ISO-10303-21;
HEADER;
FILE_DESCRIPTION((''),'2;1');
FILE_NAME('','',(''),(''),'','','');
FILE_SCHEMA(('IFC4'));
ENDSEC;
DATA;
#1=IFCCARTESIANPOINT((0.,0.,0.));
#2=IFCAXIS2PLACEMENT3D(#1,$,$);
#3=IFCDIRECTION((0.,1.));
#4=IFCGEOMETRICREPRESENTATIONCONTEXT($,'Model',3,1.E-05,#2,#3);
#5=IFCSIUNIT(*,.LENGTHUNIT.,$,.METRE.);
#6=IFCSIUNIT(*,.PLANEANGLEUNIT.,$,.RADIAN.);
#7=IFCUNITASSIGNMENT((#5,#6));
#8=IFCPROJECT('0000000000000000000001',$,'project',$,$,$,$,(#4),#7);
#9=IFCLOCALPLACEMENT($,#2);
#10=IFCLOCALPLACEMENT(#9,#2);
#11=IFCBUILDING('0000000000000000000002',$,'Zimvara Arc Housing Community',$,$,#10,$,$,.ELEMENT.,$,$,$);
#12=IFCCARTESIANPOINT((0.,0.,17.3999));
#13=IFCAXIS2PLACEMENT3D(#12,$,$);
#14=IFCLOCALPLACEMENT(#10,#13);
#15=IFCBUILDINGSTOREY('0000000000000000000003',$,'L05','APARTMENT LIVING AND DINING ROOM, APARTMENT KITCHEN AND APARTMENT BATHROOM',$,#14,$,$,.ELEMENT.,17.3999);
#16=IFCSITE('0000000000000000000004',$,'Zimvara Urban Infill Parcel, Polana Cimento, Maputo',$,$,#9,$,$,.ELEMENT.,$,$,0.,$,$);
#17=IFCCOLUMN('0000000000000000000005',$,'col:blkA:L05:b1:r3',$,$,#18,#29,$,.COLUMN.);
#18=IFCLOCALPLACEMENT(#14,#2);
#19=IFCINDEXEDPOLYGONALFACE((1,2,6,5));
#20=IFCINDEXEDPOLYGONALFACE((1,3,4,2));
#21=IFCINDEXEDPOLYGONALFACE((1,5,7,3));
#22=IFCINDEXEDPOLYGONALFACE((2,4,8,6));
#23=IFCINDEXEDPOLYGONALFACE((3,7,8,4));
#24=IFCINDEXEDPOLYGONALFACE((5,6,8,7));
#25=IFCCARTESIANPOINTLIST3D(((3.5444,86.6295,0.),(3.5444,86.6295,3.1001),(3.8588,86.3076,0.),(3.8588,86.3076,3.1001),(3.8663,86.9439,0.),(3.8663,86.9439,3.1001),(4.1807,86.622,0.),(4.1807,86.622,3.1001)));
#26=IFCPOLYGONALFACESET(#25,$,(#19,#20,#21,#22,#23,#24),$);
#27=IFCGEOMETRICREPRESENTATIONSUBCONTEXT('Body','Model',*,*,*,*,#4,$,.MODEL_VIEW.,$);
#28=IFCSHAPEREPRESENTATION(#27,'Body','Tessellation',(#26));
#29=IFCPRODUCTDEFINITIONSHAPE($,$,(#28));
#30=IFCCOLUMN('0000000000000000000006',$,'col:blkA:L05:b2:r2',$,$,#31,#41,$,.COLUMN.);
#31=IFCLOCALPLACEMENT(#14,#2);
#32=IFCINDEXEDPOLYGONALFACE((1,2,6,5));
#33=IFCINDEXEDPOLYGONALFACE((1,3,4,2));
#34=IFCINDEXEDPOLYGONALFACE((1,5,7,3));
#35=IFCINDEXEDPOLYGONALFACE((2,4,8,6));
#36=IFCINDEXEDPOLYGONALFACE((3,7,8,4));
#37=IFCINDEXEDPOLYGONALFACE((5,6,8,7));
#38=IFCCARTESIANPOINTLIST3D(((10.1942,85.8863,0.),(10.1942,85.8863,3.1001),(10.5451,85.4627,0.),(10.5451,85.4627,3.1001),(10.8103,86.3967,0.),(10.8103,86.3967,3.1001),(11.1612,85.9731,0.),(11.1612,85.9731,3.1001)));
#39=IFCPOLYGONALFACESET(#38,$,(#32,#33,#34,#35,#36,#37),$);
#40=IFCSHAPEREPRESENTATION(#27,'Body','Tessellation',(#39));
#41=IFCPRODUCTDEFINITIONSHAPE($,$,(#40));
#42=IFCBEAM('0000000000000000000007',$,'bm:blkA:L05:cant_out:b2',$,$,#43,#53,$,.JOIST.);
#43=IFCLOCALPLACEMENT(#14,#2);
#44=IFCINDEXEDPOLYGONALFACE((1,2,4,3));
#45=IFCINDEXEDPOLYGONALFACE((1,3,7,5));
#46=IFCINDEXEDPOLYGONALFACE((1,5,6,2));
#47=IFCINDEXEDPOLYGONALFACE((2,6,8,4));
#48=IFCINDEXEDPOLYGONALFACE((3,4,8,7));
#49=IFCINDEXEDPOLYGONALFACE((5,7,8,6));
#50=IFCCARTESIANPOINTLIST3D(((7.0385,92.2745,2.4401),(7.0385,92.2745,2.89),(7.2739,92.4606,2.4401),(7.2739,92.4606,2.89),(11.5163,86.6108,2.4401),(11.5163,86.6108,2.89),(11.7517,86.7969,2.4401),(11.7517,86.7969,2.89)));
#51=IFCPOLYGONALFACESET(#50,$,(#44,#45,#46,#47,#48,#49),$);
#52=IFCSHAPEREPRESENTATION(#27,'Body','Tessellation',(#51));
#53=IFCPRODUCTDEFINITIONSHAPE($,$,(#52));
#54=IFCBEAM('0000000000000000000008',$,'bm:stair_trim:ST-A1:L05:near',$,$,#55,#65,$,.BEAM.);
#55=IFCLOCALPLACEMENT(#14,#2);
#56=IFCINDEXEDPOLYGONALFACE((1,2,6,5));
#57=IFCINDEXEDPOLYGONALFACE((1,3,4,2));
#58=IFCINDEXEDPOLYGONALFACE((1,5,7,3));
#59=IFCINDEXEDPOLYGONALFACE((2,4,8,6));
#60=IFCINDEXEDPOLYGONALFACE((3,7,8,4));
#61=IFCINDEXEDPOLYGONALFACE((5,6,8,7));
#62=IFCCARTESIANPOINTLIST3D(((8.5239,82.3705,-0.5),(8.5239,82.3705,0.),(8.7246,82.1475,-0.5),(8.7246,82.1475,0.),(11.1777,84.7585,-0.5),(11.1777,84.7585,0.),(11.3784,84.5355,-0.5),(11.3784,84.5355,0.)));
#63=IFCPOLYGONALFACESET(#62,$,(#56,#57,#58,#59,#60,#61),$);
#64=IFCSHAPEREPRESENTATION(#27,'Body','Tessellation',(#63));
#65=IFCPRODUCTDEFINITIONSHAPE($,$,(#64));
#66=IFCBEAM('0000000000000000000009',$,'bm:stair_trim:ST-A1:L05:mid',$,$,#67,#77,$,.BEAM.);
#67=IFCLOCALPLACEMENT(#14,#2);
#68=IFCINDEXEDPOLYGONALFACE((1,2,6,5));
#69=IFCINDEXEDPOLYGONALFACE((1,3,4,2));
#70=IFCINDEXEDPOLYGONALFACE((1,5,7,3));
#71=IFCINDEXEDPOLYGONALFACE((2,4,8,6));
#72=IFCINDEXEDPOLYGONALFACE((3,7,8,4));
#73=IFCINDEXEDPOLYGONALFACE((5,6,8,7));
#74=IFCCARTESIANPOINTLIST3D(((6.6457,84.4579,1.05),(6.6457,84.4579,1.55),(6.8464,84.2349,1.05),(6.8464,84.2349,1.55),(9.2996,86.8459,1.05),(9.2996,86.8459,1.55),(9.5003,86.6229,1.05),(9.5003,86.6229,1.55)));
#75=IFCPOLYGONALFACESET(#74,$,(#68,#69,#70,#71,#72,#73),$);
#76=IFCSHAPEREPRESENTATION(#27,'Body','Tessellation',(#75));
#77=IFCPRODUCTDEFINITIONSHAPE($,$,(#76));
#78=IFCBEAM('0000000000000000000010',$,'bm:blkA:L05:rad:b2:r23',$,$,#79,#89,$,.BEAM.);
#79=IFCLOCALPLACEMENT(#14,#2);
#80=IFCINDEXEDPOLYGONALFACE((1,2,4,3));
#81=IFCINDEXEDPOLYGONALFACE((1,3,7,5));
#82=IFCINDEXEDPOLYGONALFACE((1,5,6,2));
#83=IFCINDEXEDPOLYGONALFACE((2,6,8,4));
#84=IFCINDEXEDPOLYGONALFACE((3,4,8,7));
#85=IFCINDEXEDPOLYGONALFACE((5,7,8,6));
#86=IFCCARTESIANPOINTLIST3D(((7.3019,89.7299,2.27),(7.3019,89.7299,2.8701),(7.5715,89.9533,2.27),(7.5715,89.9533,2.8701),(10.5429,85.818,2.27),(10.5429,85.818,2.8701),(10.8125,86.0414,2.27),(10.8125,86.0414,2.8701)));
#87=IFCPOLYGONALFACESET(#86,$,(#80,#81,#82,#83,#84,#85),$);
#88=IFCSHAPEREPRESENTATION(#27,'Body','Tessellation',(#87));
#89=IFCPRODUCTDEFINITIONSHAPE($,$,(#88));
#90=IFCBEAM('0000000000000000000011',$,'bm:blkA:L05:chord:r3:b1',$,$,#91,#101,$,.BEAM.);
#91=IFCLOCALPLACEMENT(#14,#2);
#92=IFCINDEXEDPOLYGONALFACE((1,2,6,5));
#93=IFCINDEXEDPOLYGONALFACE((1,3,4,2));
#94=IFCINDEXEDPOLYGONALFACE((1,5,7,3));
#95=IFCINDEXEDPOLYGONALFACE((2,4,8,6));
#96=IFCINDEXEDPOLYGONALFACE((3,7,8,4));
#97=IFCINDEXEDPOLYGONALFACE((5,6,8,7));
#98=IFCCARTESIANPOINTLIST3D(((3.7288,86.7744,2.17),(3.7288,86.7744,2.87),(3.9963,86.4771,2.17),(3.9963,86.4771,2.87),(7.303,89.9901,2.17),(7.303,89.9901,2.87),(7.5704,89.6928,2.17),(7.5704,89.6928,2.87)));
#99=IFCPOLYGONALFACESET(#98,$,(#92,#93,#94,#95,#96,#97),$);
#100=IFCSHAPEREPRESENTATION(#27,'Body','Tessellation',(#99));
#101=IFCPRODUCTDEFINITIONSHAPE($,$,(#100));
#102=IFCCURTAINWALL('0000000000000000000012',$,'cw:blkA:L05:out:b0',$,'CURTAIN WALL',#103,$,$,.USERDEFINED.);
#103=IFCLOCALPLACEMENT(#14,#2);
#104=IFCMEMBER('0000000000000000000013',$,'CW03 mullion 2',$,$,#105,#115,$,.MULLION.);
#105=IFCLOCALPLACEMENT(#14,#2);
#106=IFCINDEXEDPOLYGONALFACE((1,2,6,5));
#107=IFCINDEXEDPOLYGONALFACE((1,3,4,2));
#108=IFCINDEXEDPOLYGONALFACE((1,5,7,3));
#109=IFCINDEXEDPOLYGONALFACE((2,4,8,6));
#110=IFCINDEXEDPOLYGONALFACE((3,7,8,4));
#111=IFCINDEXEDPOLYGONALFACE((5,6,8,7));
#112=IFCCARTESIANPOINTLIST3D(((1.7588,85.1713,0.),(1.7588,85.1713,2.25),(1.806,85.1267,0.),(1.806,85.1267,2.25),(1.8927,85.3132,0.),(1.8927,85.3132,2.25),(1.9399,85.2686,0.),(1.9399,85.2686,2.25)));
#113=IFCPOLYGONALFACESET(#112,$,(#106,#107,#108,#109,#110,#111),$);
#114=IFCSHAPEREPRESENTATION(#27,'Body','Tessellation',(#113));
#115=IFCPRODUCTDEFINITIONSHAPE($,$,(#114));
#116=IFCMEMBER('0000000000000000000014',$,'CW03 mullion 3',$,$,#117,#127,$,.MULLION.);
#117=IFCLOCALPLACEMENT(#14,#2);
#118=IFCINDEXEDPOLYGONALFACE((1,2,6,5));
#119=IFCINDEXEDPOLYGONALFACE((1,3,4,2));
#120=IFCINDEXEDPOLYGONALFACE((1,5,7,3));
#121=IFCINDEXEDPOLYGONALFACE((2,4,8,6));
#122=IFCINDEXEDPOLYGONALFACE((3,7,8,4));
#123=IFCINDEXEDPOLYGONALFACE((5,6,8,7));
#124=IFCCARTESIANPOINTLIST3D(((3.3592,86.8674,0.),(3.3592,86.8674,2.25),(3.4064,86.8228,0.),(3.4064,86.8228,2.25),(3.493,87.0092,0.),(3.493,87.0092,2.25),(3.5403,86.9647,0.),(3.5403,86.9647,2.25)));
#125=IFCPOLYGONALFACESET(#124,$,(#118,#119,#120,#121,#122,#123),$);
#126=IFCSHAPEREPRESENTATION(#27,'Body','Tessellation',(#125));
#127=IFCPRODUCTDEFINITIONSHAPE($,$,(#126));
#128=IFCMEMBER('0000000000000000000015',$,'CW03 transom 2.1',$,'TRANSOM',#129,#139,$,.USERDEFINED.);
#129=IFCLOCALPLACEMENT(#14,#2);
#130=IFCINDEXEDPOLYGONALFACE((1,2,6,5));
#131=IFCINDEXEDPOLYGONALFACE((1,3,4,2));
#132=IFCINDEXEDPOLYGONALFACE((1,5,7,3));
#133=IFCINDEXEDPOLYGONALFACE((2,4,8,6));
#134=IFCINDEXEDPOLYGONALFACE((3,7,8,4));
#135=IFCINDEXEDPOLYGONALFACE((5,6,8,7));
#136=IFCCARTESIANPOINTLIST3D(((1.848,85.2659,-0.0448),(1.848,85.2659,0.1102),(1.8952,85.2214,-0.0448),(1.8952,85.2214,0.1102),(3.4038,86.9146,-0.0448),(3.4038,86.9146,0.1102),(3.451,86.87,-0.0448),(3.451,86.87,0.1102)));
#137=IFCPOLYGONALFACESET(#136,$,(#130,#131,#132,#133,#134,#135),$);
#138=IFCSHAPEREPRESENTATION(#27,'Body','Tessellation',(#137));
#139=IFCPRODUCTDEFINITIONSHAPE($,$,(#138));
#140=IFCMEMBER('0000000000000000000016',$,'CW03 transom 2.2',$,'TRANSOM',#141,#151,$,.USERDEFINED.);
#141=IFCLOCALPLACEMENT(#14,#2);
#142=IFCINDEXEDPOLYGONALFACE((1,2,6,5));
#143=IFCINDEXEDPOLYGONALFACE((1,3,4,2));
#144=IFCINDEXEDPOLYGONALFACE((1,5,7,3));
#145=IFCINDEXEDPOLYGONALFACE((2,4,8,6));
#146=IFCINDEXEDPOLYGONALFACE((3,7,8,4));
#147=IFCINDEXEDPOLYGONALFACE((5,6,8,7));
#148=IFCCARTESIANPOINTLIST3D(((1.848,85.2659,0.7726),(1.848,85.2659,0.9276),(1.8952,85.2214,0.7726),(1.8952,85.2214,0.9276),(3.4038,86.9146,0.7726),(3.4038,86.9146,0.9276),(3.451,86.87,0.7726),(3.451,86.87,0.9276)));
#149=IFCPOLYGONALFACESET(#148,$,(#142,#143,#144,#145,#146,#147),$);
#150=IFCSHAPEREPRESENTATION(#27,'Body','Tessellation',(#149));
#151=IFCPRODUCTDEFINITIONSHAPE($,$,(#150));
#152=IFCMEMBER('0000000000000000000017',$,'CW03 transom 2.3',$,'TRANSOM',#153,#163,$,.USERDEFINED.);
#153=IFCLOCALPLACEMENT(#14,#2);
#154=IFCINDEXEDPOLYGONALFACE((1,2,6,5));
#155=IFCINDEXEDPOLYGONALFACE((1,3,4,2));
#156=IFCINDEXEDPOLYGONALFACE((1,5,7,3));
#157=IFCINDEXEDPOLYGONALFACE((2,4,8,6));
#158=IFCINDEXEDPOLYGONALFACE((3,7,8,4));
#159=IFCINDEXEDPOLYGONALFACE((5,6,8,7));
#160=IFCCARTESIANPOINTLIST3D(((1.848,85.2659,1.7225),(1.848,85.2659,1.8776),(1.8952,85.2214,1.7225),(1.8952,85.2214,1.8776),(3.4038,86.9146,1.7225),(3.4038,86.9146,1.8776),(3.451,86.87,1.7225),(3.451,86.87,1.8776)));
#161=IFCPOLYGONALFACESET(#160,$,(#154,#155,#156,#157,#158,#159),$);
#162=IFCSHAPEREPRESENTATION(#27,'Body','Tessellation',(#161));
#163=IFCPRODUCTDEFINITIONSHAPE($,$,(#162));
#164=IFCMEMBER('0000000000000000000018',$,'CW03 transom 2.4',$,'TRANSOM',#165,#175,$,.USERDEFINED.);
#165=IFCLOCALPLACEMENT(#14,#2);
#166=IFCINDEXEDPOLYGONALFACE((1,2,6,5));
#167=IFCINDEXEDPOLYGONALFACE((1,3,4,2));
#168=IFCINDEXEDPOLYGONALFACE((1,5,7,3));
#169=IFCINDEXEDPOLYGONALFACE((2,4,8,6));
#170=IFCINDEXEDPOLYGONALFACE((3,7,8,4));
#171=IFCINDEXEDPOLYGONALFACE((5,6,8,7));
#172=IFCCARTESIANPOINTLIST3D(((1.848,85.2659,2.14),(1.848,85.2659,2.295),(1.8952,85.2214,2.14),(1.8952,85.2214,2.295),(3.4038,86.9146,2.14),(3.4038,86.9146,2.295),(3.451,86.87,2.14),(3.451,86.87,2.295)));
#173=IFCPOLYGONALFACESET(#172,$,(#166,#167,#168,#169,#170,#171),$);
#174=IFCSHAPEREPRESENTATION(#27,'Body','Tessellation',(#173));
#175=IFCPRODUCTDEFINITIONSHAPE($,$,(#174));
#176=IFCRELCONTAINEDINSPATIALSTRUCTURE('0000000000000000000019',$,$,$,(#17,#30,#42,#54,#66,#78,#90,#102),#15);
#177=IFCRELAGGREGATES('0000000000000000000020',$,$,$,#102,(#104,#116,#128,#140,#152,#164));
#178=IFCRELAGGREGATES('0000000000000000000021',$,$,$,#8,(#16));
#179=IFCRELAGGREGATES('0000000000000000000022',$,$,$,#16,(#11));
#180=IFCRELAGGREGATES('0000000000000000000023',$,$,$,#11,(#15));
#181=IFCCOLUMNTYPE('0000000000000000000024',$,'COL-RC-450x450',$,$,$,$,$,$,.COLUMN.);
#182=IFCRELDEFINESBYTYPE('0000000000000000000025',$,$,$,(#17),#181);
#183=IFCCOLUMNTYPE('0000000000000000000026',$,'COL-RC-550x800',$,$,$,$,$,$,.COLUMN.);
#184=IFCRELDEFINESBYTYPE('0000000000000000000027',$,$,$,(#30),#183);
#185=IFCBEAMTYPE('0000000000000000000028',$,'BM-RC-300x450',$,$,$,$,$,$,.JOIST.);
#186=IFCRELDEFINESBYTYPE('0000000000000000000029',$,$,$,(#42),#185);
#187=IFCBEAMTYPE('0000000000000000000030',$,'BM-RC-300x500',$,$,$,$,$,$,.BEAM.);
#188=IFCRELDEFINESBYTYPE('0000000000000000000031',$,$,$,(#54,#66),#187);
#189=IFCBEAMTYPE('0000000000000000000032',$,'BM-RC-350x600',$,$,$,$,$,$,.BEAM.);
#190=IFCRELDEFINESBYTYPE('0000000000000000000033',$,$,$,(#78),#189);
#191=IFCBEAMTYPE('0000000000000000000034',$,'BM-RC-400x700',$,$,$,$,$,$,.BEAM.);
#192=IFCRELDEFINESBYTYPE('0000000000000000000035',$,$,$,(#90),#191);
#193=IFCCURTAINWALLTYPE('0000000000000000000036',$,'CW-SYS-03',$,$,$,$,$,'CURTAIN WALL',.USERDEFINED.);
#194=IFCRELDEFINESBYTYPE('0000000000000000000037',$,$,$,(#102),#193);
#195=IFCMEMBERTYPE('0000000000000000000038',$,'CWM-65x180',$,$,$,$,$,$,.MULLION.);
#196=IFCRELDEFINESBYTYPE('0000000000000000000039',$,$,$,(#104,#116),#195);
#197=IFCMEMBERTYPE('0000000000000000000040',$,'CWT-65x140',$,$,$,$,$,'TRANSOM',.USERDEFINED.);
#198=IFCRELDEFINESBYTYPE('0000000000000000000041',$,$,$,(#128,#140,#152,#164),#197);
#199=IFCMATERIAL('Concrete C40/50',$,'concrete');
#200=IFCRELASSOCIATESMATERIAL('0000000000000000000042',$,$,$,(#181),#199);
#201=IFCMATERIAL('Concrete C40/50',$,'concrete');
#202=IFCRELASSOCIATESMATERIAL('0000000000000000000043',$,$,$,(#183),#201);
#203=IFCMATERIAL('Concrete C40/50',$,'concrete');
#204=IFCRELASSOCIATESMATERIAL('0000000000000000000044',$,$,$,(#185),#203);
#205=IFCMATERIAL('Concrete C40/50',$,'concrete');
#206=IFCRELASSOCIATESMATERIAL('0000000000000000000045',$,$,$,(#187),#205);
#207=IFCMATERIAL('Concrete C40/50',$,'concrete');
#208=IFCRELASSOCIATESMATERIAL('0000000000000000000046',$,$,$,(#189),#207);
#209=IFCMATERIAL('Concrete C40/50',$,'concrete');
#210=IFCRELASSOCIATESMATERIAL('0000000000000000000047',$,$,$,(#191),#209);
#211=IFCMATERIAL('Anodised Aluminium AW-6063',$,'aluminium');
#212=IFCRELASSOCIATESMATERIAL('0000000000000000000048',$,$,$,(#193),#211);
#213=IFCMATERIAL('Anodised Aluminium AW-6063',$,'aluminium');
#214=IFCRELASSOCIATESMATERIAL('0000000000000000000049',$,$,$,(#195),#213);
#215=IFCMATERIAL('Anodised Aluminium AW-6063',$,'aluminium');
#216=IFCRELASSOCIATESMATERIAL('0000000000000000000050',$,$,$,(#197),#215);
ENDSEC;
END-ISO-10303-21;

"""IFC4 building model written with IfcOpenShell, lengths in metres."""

from ifc_helpers import new_model, si_unit, direction, frame, origin, origin_2d, place, context, subcontext, project, spatial, rectangle, extrude, material, material_profile, profile_set, type_object, element, aggregate, save


model = new_model("IFC4")

# Units and contexts
model_context = context("Model", 3, precision=1e-05, world=origin(), true_north=direction((0.0, 1.0)))
body_context = subcontext(model_context, "Body", "Model", "MODEL_VIEW")
ifc_project = project(units=[si_unit("LENGTHUNIT", "METRE"), si_unit("PLANEANGLEUNIT", "RADIAN")], contexts=[model_context])

# Site, building, storey
site_placement = place(None, origin())
site = spatial("IfcSite", under=ifc_project, at=site_placement, Name="Zimvara Urban Infill Parcel, Polana Cimento, Maputo", CompositionType="ELEMENT", RefElevation=0.0)
building_placement = place(site_placement, origin())
building = spatial("IfcBuilding", under=site, at=building_placement, Name="Zimvara Arc Housing Community", CompositionType="ELEMENT")
storey_placement = place(building_placement, frame((0.0, 0.0, 17.3999)))
storey = spatial("IfcBuildingStorey", under=building, at=storey_placement, Name="L05", Description="APARTMENT LIVING AND DINING ROOM, APARTMENT KITCHEN AND APARTMENT BATHROOM", CompositionType="ELEMENT", Elevation=17.3999)

# Columns
ifc_material_1 = material(Name="Concrete C40/50", Category="concrete")
ifc_material_profile_1 = material_profile(ifc_material_1, rectangle(XDim=0.45, YDim=0.45, at=origin_2d()), Name="RC 450x450")
ifc_profile_set_1 = profile_set([ifc_material_profile_1], Name="Concrete C40/50")
column_type_1 = type_object("IfcColumnType", Name="COL-RC-450x450", PredefinedType="COLUMN", material=ifc_profile_set_1)
column_1_placement = place(storey_placement, frame((3.8625, 86.6257, 0.0), z_axis=(0.0, 0.0, 1.0), x_axis=(-0.698665, 0.715449, 0.0)))
element("IfcColumn", 1, at=column_1_placement, inside=storey, type_object=column_type_1, Name="col:blkA:L05:b1:r3", PredefinedType="COLUMN", context=body_context, shape_type="SweptSolid", body=[
    extrude(rectangle(XDim=0.45, YDim=0.45, at=origin_2d()), origin(), (0.0, 0.0, 1.0), 3.1001),
])
ifc_material_2 = material(Name="Concrete C40/50", Category="concrete")
ifc_material_profile_2 = material_profile(ifc_material_2, rectangle(XDim=0.55, YDim=0.8, at=origin_2d()), Name="RC 550x800")
ifc_profile_set_2 = profile_set([ifc_material_profile_2], Name="Concrete C40/50")
column_type_2 = type_object("IfcColumnType", Name="COL-RC-550x800", PredefinedType="COLUMN", material=ifc_profile_set_2)
column_2_placement = place(storey_placement, frame((10.6777, 85.9297, 0.0), z_axis=(0.0, 0.0, 1.0), x_axis=(-0.637962, 0.770068, 0.0)))
element("IfcColumn", 2, at=column_2_placement, inside=storey, type_object=column_type_2, Name="col:blkA:L05:b2:r2", PredefinedType="COLUMN", context=body_context, shape_type="SweptSolid", body=[
    extrude(rectangle(XDim=0.55, YDim=0.8, at=origin_2d()), origin(), (0.0, 0.0, 1.0), 3.1001),
])

# Beams
ifc_material_3 = material(Name="Concrete C40/50", Category="concrete")
ifc_material_profile_3 = material_profile(ifc_material_3, rectangle(XDim=0.3, YDim=0.45, at=origin_2d()), Name="RC 300x450")
ifc_profile_set_3 = profile_set([ifc_material_profile_3], Name="Concrete C40/50")
beam_type_1 = type_object("IfcBeamType", Name="BM-RC-300x450", PredefinedType="JOIST", material=ifc_profile_set_3)
beam_1_placement = place(storey_placement, frame((11.634, 86.7039, 2.665), z_axis=(-0.620202, 0.784442, 0.0), x_axis=(-0.784442, -0.620202, 0.0)))
element("IfcBeam", 3, at=beam_1_placement, inside=storey, type_object=beam_type_1, Name="bm:blkA:L05:cant_out:b2", PredefinedType="JOIST", context=body_context, shape_type="SweptSolid", body=[
    extrude(rectangle(XDim=0.3, YDim=0.45, at=origin_2d()), origin(), (0.0, 0.0, 1.0), 7.22),
])
ifc_material_4 = material(Name="Concrete C40/50", Category="concrete")
ifc_material_profile_4 = material_profile(ifc_material_4, rectangle(XDim=0.3, YDim=0.5, at=origin_2d()), Name="RC 300x500")
ifc_profile_set_4 = profile_set([ifc_material_profile_4], Name="Concrete C40/50")
beam_type_2 = type_object("IfcBeamType", Name="BM-RC-300x500", PredefinedType="BEAM", material=ifc_profile_set_4)
for number, where, z_axis, x_axis, name in (
    (4, (11.2781, 84.647, -0.25), (-0.743362, -0.668889, 0.0), (0.668889, -0.743362, 0.0), "bm:stair_trim:ST-A1:L05:near"),
    (5, (9.3999, 86.7344, 1.3), (-0.743362, -0.668889, 0.0), (0.668889, -0.743362, 0.0), "bm:stair_trim:ST-A1:L05:mid"),
):
    element("IfcBeam", number, at=place(storey_placement, frame(where, z_axis=z_axis, x_axis=x_axis)), inside=storey, type_object=beam_type_2, Name=name, PredefinedType="BEAM", context=body_context, shape_type="SweptSolid", body=[
        extrude(rectangle(XDim=0.3, YDim=0.5, at=origin_2d()), origin(), (0.0, 0.0, 1.0), 3.5701),
    ])
ifc_material_5 = material(Name="Concrete C40/50", Category="concrete")
ifc_material_profile_5 = material_profile(ifc_material_5, rectangle(XDim=0.3501, YDim=0.6001, at=origin_2d()), Name="RC 350x600")
ifc_profile_set_5 = profile_set([ifc_material_profile_5], Name="Concrete C40/50")
beam_type_3 = type_object("IfcBeamType", Name="BM-RC-350x600", PredefinedType="BEAM", material=ifc_profile_set_5)
beam_2_placement = place(storey_placement, frame((10.6777, 85.9297, 2.5701), z_axis=(-0.637984, 0.77005, 0.0), x_axis=(-0.77005, -0.637984, 0.0)))
element("IfcBeam", 6, at=beam_2_placement, inside=storey, type_object=beam_type_3, Name="bm:blkA:L05:rad:b2:r23", PredefinedType="BEAM", context=body_context, shape_type="SweptSolid", body=[
    extrude(rectangle(XDim=0.3501, YDim=0.6001, at=origin_2d()), origin(), (0.0, 0.0, 1.0), 5.0801),
])
ifc_material_6 = material(Name="Concrete C40/50", Category="concrete")
ifc_material_profile_6 = material_profile(ifc_material_6, rectangle(XDim=0.3999, YDim=0.7, at=origin_2d()), Name="RC 400x700")
ifc_profile_set_6 = profile_set([ifc_material_profile_6], Name="Concrete C40/50")
beam_type_4 = type_object("IfcBeamType", Name="BM-RC-400x700", PredefinedType="BEAM", material=ifc_profile_set_6)
beam_3_placement = place(storey_placement, frame((3.8625, 86.6257, 2.52), z_axis=(0.743395, 0.668853, 0.0), x_axis=(-0.668853, 0.743395, 0.0)))
element("IfcBeam", 7, at=beam_3_placement, inside=storey, type_object=beam_type_4, Name="bm:blkA:L05:chord:r3:b1", PredefinedType="BEAM", context=body_context, shape_type="SweptSolid", body=[
    extrude(rectangle(XDim=0.3999, YDim=0.7, at=origin_2d()), origin(), (0.0, 0.0, 1.0), 4.8079),
])

# Curtain wall, members
ifc_material_7 = material(Name="Anodised Aluminium AW-6063", Category="aluminium")
curtain_wall_type = type_object("IfcCurtainWallType", Name="CW-SYS-03", ElementType="CURTAIN WALL", PredefinedType="USERDEFINED", material=ifc_material_7)
curtain_wall_placement = place(storey_placement, origin())
curtain_wall = element("IfcCurtainWall", 8, at=curtain_wall_placement, inside=storey, type_object=curtain_wall_type, Name="cw:blkA:L05:out:b0", ObjectType="CURTAIN WALL", PredefinedType="USERDEFINED")
ifc_material_8 = material(Name="Anodised Aluminium AW-6063", Category="aluminium")
ifc_material_profile_7 = material_profile(ifc_material_8, rectangle(XDim=0.0649, YDim=0.1951, at=origin_2d()), Name="ALU 65x195")
ifc_profile_set_7 = profile_set([ifc_material_profile_7], Name="Anodised Aluminium AW-6063")
member_type_1 = type_object("IfcMemberType", Name="CWM-65x180", PredefinedType="MULLION", material=ifc_profile_set_7)
member_1_placement = place(storey_placement, frame((1.8494, 85.22, 0.0), z_axis=(0.0, 0.0, 1.0), x_axis=(-0.727294, 0.686326, 0.0)))
member_1 = element("IfcMember", 9, at=member_1_placement, type_object=member_type_1, Name="CW03 mullion 2", PredefinedType="MULLION", context=body_context, shape_type="SweptSolid", body=[
    extrude(rectangle(XDim=0.0649, YDim=0.1951, at=origin_2d()), origin(), (0.0, 0.0, 1.0), 2.25),
])
member_2_placement = place(storey_placement, frame((3.4497, 86.916, 0.0), z_axis=(0.0, 0.0, 1.0), x_axis=(-0.727294, 0.686326, 0.0)))
member_2 = element("IfcMember", 10, at=member_2_placement, type_object=member_type_1, Name="CW03 mullion 3", PredefinedType="MULLION", context=body_context, shape_type="SweptSolid", body=[
    extrude(rectangle(XDim=0.0649, YDim=0.1951, at=origin_2d()), origin(), (0.0, 0.0, 1.0), 2.25),
])
ifc_material_9 = material(Name="Anodised Aluminium AW-6063", Category="aluminium")
ifc_material_profile_8 = material_profile(ifc_material_9, rectangle(XDim=0.0649, YDim=0.155, at=origin_2d()), Name="ALU 65x155")
ifc_profile_set_8 = profile_set([ifc_material_profile_8], Name="Anodised Aluminium AW-6063")
member_type_2 = type_object("IfcMemberType", Name="CWT-65x140", ElementType="TRANSOM", PredefinedType="USERDEFINED", material=ifc_profile_set_8)
member_3_placement = place(storey_placement, frame((1.8716, 85.2437, 0.0327), z_axis=(0.686348, 0.727273, 0.0), x_axis=(-0.727273, 0.686348, 0.0)))
member_3 = element("IfcMember", 11, at=member_3_placement, type_object=member_type_2, Name="CW03 transom 2.1", ObjectType="TRANSOM", PredefinedType="USERDEFINED", context=body_context, shape_type="SweptSolid", body=[
    extrude(rectangle(XDim=0.0649, YDim=0.155, at=origin_2d()), origin(), (0.0, 0.0, 1.0), 2.2668),
])
member_4_placement = place(storey_placement, frame((1.8716, 85.2437, 0.8501), z_axis=(0.686348, 0.727273, 0.0), x_axis=(-0.727273, 0.686348, 0.0)))
member_4 = element("IfcMember", 12, at=member_4_placement, type_object=member_type_2, Name="CW03 transom 2.2", ObjectType="TRANSOM", PredefinedType="USERDEFINED", context=body_context, shape_type="SweptSolid", body=[
    extrude(rectangle(XDim=0.0649, YDim=0.155, at=origin_2d()), origin(), (0.0, 0.0, 1.0), 2.2668),
])
member_5_placement = place(storey_placement, frame((1.8716, 85.2437, 1.8), z_axis=(0.686348, 0.727273, 0.0), x_axis=(-0.727273, 0.686348, 0.0)))
member_5 = element("IfcMember", 13, at=member_5_placement, type_object=member_type_2, Name="CW03 transom 2.3", ObjectType="TRANSOM", PredefinedType="USERDEFINED", context=body_context, shape_type="SweptSolid", body=[
    extrude(rectangle(XDim=0.0649, YDim=0.155, at=origin_2d()), origin(), (0.0, 0.0, 1.0), 2.2668),
])
member_6_placement = place(storey_placement, frame((1.8716, 85.2437, 2.2175), z_axis=(0.686348, 0.727273, 0.0), x_axis=(-0.727273, 0.686348, 0.0)))
member_6 = element("IfcMember", 14, at=member_6_placement, type_object=member_type_2, Name="CW03 transom 2.4", ObjectType="TRANSOM", PredefinedType="USERDEFINED", context=body_context, shape_type="SweptSolid", body=[
    extrude(rectangle(XDim=0.0649, YDim=0.155, at=origin_2d()), origin(), (0.0, 0.0, 1.0), 2.2668),
])
aggregate(curtain_wall, [member_1, member_2, member_3, member_4, member_5, member_6])

save(model, "model.ifc")
